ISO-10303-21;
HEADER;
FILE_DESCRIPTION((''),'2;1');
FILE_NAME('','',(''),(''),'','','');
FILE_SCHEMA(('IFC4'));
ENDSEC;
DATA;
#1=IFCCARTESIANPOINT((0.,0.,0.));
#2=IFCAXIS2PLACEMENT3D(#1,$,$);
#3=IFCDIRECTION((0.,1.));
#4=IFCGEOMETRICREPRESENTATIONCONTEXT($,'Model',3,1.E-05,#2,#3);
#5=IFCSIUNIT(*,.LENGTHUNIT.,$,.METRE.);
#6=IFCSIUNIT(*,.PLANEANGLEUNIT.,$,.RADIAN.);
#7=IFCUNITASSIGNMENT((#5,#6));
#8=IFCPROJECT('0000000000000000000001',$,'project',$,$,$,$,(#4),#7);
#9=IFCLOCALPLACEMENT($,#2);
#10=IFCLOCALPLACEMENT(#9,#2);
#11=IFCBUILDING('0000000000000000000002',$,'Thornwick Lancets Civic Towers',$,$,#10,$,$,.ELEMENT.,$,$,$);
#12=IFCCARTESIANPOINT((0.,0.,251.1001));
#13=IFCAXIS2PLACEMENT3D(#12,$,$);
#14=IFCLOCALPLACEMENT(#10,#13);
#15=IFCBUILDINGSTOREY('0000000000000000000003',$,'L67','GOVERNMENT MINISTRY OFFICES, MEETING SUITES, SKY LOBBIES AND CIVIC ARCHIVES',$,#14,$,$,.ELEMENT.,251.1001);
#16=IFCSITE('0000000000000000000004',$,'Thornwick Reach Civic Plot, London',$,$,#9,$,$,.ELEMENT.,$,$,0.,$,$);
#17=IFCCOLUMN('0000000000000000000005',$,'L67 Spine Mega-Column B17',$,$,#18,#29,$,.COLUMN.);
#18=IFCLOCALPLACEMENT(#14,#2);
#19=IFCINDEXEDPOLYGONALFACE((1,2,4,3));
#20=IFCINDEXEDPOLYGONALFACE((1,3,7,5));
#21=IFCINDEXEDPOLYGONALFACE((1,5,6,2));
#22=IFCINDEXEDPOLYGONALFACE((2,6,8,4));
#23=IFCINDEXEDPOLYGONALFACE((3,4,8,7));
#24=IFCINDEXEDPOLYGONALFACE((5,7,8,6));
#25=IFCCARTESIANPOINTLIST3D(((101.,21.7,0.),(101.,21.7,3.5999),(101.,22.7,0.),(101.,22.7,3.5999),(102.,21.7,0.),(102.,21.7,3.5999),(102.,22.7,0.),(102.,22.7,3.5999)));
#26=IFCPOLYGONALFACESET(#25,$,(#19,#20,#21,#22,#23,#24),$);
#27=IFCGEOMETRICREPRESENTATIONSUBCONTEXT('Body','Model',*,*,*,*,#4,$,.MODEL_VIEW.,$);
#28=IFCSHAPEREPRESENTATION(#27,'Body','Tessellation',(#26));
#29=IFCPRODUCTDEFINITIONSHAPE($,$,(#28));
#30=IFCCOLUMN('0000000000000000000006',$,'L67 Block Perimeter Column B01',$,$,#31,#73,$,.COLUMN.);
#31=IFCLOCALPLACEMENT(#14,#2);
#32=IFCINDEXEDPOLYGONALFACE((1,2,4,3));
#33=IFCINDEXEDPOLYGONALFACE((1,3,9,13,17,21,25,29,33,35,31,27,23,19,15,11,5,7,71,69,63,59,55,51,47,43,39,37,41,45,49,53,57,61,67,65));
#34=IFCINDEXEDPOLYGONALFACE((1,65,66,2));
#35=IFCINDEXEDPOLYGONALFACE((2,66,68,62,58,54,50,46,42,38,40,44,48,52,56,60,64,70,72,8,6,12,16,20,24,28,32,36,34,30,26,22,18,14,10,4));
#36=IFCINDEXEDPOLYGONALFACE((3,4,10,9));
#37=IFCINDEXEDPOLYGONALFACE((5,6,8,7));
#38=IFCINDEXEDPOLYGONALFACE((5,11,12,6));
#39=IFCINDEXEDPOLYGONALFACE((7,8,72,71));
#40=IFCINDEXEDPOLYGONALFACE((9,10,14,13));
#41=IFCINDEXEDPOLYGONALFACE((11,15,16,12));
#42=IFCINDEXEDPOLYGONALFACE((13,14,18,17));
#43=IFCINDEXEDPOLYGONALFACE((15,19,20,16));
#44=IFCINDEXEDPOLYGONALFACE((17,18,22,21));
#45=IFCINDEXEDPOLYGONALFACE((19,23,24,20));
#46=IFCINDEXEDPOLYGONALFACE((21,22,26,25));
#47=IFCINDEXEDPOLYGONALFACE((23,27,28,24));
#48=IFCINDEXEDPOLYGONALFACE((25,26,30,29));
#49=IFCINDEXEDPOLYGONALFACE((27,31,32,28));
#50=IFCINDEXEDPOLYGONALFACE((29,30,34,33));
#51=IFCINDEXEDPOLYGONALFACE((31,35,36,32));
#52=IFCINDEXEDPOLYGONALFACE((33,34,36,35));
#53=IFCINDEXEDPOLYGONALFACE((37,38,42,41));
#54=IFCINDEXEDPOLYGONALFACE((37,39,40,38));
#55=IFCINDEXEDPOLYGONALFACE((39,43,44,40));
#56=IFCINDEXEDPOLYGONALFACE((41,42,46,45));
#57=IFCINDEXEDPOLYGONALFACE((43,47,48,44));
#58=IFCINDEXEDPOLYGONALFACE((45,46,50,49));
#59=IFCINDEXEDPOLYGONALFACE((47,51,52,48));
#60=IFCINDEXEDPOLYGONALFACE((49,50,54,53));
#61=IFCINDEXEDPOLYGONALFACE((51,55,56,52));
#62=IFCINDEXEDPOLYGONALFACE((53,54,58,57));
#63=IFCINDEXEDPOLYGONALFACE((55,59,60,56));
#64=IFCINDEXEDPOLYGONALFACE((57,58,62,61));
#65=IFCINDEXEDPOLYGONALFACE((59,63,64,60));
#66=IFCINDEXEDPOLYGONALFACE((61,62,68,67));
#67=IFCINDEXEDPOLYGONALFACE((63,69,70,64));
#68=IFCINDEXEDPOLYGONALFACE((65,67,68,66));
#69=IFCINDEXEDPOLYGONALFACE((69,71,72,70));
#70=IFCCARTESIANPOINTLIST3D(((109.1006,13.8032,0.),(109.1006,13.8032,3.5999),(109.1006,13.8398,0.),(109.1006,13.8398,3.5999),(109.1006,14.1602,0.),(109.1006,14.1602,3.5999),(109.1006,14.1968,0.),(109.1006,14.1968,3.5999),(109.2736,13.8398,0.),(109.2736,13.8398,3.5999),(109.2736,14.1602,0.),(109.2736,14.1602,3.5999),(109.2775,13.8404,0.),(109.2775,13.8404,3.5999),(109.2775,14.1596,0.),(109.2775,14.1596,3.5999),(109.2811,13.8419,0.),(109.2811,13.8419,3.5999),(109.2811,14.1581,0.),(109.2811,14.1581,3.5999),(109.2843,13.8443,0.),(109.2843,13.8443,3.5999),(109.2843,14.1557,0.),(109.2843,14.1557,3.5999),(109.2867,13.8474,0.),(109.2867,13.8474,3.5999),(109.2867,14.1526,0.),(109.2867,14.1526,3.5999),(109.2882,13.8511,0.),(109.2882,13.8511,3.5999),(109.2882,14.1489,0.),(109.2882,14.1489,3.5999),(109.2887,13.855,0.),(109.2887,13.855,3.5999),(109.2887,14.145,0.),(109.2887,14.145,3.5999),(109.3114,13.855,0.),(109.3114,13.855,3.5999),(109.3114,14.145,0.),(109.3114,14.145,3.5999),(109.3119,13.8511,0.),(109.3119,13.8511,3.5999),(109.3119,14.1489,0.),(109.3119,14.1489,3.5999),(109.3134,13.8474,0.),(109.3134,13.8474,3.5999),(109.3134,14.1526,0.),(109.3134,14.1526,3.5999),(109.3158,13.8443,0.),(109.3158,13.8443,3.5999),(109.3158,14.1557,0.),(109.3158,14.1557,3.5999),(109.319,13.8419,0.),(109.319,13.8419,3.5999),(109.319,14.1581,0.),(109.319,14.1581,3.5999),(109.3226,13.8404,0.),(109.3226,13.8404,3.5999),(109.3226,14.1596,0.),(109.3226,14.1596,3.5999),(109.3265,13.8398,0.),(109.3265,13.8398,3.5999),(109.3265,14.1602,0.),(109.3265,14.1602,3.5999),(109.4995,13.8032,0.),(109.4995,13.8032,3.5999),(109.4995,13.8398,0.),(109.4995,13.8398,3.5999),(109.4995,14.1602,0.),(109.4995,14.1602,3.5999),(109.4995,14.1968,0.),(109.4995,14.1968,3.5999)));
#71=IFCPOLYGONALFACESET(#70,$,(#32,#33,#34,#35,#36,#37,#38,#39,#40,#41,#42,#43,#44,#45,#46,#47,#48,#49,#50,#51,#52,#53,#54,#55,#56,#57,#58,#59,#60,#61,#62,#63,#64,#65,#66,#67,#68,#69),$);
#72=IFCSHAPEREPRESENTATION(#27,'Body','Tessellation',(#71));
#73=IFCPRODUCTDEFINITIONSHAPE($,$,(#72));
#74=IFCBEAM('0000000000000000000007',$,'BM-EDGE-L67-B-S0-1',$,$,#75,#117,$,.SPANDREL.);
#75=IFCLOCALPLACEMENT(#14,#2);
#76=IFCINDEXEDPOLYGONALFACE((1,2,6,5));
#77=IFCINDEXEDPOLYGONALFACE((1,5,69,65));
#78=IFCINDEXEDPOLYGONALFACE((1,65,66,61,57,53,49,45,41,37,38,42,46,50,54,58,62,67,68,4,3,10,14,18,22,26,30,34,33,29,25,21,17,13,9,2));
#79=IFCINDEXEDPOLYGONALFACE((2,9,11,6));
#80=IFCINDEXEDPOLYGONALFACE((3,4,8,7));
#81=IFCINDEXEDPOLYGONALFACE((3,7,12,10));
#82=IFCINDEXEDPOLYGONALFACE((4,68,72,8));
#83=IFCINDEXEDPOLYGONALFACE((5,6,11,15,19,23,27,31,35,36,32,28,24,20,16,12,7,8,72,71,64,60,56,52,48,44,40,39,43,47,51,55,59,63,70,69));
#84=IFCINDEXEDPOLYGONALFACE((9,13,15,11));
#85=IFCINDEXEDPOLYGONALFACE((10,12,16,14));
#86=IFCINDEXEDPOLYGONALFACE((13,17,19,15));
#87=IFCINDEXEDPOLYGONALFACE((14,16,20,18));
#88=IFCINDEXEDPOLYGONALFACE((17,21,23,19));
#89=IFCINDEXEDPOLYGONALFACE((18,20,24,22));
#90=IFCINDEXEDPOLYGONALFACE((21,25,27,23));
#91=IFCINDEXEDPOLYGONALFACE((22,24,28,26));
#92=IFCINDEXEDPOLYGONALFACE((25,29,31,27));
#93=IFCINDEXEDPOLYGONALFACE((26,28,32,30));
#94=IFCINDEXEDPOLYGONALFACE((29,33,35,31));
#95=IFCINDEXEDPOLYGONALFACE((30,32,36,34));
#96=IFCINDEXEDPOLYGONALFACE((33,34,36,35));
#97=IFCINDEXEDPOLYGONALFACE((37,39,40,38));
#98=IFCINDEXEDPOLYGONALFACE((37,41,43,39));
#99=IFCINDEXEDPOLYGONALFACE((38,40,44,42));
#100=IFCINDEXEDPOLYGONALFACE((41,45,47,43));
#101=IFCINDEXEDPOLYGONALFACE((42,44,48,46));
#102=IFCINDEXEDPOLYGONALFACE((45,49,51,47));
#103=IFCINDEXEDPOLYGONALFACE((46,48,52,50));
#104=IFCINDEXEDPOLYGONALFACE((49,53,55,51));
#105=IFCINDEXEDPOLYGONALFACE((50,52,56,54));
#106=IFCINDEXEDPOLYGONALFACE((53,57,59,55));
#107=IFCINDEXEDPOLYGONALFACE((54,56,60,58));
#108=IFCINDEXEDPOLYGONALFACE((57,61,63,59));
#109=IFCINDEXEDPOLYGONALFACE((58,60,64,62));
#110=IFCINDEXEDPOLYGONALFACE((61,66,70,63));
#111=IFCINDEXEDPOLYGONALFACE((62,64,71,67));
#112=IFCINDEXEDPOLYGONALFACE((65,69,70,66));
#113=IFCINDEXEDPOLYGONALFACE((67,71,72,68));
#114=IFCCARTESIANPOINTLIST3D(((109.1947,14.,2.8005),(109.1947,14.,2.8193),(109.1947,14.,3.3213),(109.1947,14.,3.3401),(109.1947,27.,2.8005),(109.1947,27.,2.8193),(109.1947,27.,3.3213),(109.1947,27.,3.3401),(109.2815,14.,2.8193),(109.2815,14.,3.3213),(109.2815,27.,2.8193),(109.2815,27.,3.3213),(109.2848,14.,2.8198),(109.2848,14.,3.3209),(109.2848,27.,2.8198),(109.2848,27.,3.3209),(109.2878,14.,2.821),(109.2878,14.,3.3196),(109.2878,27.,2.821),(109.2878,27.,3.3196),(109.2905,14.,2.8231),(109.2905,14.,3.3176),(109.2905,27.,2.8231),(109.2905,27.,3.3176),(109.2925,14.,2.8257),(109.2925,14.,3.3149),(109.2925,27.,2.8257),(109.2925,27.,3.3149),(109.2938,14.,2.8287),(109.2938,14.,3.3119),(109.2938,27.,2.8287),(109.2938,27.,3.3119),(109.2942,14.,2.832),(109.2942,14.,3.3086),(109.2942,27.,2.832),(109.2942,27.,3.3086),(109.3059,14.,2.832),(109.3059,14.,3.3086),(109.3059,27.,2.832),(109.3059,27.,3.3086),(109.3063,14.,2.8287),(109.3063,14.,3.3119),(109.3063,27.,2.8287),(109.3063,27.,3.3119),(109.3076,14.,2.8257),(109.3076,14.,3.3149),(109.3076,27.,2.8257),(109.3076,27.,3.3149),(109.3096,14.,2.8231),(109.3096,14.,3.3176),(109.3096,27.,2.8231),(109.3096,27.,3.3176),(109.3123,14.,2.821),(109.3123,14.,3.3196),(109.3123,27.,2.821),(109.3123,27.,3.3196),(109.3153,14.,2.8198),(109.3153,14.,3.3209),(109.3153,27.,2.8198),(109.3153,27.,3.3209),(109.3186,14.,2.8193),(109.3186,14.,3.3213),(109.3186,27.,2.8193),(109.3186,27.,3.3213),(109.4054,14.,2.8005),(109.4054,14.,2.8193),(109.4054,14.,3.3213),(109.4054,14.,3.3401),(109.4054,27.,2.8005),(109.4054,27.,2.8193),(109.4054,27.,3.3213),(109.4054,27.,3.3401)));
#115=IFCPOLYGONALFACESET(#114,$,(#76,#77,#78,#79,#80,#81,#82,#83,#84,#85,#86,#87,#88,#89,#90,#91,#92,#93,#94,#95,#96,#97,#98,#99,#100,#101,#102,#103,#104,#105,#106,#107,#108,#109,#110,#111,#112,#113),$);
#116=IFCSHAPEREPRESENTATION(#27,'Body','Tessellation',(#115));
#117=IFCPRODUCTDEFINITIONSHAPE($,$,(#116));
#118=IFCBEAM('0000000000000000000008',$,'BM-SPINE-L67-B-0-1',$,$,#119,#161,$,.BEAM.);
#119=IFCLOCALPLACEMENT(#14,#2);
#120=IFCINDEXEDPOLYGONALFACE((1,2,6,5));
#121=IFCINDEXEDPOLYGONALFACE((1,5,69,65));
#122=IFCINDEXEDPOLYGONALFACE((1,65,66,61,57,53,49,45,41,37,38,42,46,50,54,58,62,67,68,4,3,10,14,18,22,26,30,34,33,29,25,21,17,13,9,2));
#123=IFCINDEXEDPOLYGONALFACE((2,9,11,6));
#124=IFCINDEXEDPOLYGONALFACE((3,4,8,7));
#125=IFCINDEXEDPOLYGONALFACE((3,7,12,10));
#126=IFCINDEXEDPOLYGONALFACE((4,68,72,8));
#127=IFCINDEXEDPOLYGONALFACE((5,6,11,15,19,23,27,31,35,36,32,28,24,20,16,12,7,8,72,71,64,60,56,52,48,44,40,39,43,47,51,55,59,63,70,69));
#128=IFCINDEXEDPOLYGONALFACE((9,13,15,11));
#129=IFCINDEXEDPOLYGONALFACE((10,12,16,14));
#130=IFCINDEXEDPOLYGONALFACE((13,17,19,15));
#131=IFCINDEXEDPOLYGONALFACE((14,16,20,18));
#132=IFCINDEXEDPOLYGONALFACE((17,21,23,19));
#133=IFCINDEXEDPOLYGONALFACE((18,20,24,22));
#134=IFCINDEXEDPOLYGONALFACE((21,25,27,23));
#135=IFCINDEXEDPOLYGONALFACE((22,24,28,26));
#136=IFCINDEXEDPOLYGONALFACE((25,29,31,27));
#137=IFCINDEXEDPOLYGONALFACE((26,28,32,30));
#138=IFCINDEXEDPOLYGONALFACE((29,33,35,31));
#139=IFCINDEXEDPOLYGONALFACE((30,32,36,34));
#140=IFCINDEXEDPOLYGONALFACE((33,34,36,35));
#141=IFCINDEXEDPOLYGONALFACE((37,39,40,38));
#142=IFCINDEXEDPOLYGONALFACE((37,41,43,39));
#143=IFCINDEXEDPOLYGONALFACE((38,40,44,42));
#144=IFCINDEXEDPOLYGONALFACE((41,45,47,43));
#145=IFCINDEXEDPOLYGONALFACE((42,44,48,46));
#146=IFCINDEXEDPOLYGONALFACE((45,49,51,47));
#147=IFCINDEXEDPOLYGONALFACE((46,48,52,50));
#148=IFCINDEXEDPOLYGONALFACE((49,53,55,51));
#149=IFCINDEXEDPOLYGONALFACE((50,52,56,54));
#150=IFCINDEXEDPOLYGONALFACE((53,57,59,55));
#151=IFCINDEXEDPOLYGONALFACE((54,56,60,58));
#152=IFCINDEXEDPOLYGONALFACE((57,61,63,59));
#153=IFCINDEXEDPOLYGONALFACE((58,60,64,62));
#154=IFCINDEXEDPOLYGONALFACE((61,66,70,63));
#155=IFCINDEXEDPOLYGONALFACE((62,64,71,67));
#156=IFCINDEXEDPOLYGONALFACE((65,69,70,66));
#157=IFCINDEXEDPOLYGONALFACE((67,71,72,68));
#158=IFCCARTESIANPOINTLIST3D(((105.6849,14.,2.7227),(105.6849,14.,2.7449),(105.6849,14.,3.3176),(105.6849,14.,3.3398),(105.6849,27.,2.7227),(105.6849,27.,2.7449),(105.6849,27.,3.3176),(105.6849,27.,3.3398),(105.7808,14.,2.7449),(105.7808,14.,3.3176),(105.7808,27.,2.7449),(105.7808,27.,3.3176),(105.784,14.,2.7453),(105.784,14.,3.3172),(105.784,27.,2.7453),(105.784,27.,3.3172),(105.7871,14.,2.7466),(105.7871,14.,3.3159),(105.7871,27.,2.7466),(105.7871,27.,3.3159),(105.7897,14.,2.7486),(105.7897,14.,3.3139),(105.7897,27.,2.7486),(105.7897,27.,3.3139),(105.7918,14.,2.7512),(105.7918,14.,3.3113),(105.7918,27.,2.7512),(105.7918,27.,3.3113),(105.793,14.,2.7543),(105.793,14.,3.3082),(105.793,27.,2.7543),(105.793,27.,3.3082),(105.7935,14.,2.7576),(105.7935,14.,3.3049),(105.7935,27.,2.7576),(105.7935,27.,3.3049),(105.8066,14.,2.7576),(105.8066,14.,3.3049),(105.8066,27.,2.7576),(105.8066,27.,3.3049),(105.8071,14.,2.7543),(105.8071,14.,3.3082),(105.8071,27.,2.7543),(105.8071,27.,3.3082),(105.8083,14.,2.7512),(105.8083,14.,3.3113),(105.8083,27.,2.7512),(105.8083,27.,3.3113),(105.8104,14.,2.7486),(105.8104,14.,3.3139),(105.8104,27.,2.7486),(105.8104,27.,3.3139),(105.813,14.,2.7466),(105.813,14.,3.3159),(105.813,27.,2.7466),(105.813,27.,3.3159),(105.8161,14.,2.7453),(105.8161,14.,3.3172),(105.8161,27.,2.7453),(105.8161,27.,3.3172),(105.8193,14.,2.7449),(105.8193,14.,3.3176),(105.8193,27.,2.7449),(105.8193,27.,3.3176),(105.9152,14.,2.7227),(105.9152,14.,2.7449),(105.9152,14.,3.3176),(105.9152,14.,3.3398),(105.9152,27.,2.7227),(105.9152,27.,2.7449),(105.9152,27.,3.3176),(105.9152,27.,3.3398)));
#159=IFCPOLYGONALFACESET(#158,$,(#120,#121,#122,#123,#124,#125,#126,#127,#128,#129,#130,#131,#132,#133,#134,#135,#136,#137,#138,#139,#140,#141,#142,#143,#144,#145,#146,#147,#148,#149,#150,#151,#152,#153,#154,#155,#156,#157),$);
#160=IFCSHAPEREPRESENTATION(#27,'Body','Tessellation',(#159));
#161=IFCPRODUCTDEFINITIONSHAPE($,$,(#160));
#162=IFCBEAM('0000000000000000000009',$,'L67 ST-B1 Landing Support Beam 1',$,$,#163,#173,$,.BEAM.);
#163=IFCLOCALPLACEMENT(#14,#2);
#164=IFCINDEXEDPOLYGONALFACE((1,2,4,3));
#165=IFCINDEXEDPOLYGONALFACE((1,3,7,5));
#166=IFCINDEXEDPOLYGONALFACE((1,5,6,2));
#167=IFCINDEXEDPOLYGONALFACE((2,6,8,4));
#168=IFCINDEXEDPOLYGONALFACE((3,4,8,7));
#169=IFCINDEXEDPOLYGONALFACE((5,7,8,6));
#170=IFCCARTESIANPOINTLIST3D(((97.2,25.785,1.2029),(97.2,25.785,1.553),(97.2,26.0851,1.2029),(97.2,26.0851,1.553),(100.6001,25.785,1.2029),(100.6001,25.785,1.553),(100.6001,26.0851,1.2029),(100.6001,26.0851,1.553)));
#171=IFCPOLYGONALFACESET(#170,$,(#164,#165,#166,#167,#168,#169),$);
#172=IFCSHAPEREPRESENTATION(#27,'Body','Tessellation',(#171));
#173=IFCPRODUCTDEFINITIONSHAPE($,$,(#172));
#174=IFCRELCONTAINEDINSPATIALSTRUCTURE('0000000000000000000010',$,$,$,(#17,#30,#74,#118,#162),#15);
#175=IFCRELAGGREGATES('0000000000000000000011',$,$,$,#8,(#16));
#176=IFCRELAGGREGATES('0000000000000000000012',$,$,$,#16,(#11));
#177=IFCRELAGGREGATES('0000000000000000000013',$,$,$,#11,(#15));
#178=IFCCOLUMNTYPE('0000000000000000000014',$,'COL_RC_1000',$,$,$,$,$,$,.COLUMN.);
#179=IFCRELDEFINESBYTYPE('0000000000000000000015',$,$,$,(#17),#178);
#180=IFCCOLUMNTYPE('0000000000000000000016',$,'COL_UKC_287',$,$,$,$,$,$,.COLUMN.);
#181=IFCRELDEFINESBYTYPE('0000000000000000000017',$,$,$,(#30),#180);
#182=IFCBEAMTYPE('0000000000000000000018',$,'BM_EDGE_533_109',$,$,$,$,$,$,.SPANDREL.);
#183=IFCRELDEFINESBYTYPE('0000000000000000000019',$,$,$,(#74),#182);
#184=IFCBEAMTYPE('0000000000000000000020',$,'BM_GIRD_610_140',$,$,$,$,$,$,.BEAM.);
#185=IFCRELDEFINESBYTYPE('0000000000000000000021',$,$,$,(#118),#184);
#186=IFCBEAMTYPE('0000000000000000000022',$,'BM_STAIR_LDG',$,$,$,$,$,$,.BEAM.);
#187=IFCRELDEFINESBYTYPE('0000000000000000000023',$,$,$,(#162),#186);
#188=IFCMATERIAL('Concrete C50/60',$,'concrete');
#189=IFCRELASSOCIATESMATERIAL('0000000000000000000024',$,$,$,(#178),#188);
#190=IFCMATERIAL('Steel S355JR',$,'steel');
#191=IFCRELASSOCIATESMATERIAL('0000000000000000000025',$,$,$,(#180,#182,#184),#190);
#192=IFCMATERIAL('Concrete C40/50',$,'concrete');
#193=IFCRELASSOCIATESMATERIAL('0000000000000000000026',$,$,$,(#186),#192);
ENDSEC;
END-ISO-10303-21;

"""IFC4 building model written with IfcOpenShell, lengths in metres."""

from ifc_helpers import new_model, si_unit, direction, frame, origin, origin_2d, place, context, subcontext, project, spatial, rectangle, i_section, extrude, material, material_profile, profile_set, type_object, element, save


model = new_model("IFC4")

# Units and contexts
model_context = context("Model", 3, precision=1e-05, world=origin(), true_north=direction((0.0, 1.0)))
body_context = subcontext(model_context, "Body", "Model", "MODEL_VIEW")
ifc_project = project(units=[si_unit("LENGTHUNIT", "METRE"), si_unit("PLANEANGLEUNIT", "RADIAN")], contexts=[model_context])

# Site, building, storey
site_placement = place(None, origin())
site = spatial("IfcSite", under=ifc_project, at=site_placement, Name="Thornwick Reach Civic Plot, London", CompositionType="ELEMENT", RefElevation=0.0)
building_placement = place(site_placement, origin())
building = spatial("IfcBuilding", under=site, at=building_placement, Name="Thornwick Lancets Civic Towers", CompositionType="ELEMENT")
storey_placement = place(building_placement, frame((0.0, 0.0, 251.1001)))
storey = spatial("IfcBuildingStorey", under=building, at=storey_placement, Name="L67", Description="GOVERNMENT MINISTRY OFFICES, MEETING SUITES, SKY LOBBIES AND CIVIC ARCHIVES", CompositionType="ELEMENT", Elevation=251.1001)

# Columns
ifc_material_1 = material(Name="Concrete C50/60", Category="concrete")
ifc_material_profile_1 = material_profile(ifc_material_1, rectangle(XDim=1.0, YDim=1.0, at=origin_2d()), Name="RC 1000x1000")
ifc_profile_set_1 = profile_set([ifc_material_profile_1], Name="Concrete C50/60")
column_type_1 = type_object("IfcColumnType", Name="COL_RC_1000", PredefinedType="COLUMN", material=ifc_profile_set_1)
column_1_placement = place(storey_placement, frame((101.5, 22.2, 0.0), z_axis=(0.0, 0.0, 1.0), x_axis=(1.0, 0.0, 0.0)))
element("IfcColumn", 1, at=column_1_placement, inside=storey, type_object=column_type_1, Name="L67 Spine Mega-Column B17", PredefinedType="COLUMN", context=body_context, shape_type="SweptSolid", body=[
    extrude(rectangle(XDim=1.0, YDim=1.0, at=origin_2d()), origin(), (0.0, 0.0, 1.0), 3.5999),
])
ifc_material_2 = material(Name="Steel S355JR", Category="steel")
ifc_material_profile_2 = material_profile(ifc_material_2, i_section(OverallWidth=0.3989, OverallDepth=0.3936, WebThickness=0.0227, FlangeThickness=0.0366, FilletRadius=0.0151, at=origin_2d()), Name="UKC 356x406x287")
ifc_profile_set_2 = profile_set([ifc_material_profile_2], Name="Steel S355JR")
column_type_2 = type_object("IfcColumnType", Name="COL_UKC_287", PredefinedType="COLUMN", material=ifc_profile_set_2)
column_2_placement = place(storey_placement, frame((109.3, 14.0, 0.0), z_axis=(0.0, 0.0, 1.0), x_axis=(1.0, 0.0, 0.0)))
element("IfcColumn", 2, at=column_2_placement, inside=storey, type_object=column_type_2, Name="L67 Block Perimeter Column B01", PredefinedType="COLUMN", context=body_context, shape_type="SweptSolid", body=[
    extrude(i_section(OverallWidth=0.3989, OverallDepth=0.3936, WebThickness=0.0227, FlangeThickness=0.0366, FilletRadius=0.0151, at=origin_2d()), origin(), (0.0, 0.0, 1.0), 3.5999),
])

# Beams
ifc_material_profile_3 = material_profile(ifc_material_2, i_section(OverallWidth=0.2107, OverallDepth=0.5396, WebThickness=0.0117, FlangeThickness=0.0188, FilletRadius=0.0127, at=origin_2d()), Name="UKB 533x210x109")
ifc_profile_set_3 = profile_set([ifc_material_profile_3], Name="Steel S355JR")
beam_type_1 = type_object("IfcBeamType", Name="BM_EDGE_533_109", PredefinedType="SPANDREL", material=ifc_profile_set_3)
beam_1_placement = place(storey_placement, frame((109.3, 14.0, 3.0703), z_axis=(0.0, 1.0, 0.0), x_axis=(-1.0, 0.0, 0.0)))
element("IfcBeam", 3, at=beam_1_placement, inside=storey, type_object=beam_type_1, Name="BM-EDGE-L67-B-S0-1", PredefinedType="SPANDREL", context=body_context, shape_type="SweptSolid", body=[
    extrude(i_section(OverallWidth=0.2107, OverallDepth=0.5396, WebThickness=0.0117, FlangeThickness=0.0188, FilletRadius=0.0127, at=origin_2d()), origin(), (0.0, 0.0, 1.0), 13.0),
])
ifc_material_profile_4 = material_profile(ifc_material_2, i_section(OverallWidth=0.2302, OverallDepth=0.6172, WebThickness=0.0132, FlangeThickness=0.0222, FilletRadius=0.0127, at=origin_2d()), Name="UKB 610x229x140")
ifc_profile_set_4 = profile_set([ifc_material_profile_4], Name="Steel S355JR")
beam_type_2 = type_object("IfcBeamType", Name="BM_GIRD_610_140", PredefinedType="BEAM", material=ifc_profile_set_4)
beam_2_placement = place(storey_placement, frame((105.8, 14.0, 3.0312), z_axis=(0.0, 1.0, 0.0), x_axis=(-1.0, 0.0, 0.0)))
element("IfcBeam", 4, at=beam_2_placement, inside=storey, type_object=beam_type_2, Name="BM-SPINE-L67-B-0-1", PredefinedType="BEAM", context=body_context, shape_type="SweptSolid", body=[
    extrude(i_section(OverallWidth=0.2302, OverallDepth=0.6172, WebThickness=0.0132, FlangeThickness=0.0222, FilletRadius=0.0127, at=origin_2d()), origin(), (0.0, 0.0, 1.0), 13.0),
])
ifc_material_3 = material(Name="Concrete C40/50", Category="concrete")
ifc_material_profile_5 = material_profile(ifc_material_3, rectangle(XDim=0.3, YDim=0.3501, at=origin_2d()), Name="RC 300x350")
ifc_profile_set_5 = profile_set([ifc_material_profile_5], Name="Concrete C40/50")
beam_type_3 = type_object("IfcBeamType", Name="BM_STAIR_LDG", PredefinedType="BEAM", material=ifc_profile_set_5)
beam_3_placement = place(storey_placement, frame((100.6001, 25.9351, 1.3779), z_axis=(-1.0, 0.0, 0.0), x_axis=(0.0, -1.0, 0.0)))
element("IfcBeam", 5, at=beam_3_placement, inside=storey, type_object=beam_type_3, Name="L67 ST-B1 Landing Support Beam 1", PredefinedType="BEAM", context=body_context, shape_type="SweptSolid", body=[
    extrude(rectangle(XDim=0.3, YDim=0.3501, at=origin_2d()), origin(), (0.0, 0.0, 1.0), 3.4001),
])

save(model, "model.ifc")
